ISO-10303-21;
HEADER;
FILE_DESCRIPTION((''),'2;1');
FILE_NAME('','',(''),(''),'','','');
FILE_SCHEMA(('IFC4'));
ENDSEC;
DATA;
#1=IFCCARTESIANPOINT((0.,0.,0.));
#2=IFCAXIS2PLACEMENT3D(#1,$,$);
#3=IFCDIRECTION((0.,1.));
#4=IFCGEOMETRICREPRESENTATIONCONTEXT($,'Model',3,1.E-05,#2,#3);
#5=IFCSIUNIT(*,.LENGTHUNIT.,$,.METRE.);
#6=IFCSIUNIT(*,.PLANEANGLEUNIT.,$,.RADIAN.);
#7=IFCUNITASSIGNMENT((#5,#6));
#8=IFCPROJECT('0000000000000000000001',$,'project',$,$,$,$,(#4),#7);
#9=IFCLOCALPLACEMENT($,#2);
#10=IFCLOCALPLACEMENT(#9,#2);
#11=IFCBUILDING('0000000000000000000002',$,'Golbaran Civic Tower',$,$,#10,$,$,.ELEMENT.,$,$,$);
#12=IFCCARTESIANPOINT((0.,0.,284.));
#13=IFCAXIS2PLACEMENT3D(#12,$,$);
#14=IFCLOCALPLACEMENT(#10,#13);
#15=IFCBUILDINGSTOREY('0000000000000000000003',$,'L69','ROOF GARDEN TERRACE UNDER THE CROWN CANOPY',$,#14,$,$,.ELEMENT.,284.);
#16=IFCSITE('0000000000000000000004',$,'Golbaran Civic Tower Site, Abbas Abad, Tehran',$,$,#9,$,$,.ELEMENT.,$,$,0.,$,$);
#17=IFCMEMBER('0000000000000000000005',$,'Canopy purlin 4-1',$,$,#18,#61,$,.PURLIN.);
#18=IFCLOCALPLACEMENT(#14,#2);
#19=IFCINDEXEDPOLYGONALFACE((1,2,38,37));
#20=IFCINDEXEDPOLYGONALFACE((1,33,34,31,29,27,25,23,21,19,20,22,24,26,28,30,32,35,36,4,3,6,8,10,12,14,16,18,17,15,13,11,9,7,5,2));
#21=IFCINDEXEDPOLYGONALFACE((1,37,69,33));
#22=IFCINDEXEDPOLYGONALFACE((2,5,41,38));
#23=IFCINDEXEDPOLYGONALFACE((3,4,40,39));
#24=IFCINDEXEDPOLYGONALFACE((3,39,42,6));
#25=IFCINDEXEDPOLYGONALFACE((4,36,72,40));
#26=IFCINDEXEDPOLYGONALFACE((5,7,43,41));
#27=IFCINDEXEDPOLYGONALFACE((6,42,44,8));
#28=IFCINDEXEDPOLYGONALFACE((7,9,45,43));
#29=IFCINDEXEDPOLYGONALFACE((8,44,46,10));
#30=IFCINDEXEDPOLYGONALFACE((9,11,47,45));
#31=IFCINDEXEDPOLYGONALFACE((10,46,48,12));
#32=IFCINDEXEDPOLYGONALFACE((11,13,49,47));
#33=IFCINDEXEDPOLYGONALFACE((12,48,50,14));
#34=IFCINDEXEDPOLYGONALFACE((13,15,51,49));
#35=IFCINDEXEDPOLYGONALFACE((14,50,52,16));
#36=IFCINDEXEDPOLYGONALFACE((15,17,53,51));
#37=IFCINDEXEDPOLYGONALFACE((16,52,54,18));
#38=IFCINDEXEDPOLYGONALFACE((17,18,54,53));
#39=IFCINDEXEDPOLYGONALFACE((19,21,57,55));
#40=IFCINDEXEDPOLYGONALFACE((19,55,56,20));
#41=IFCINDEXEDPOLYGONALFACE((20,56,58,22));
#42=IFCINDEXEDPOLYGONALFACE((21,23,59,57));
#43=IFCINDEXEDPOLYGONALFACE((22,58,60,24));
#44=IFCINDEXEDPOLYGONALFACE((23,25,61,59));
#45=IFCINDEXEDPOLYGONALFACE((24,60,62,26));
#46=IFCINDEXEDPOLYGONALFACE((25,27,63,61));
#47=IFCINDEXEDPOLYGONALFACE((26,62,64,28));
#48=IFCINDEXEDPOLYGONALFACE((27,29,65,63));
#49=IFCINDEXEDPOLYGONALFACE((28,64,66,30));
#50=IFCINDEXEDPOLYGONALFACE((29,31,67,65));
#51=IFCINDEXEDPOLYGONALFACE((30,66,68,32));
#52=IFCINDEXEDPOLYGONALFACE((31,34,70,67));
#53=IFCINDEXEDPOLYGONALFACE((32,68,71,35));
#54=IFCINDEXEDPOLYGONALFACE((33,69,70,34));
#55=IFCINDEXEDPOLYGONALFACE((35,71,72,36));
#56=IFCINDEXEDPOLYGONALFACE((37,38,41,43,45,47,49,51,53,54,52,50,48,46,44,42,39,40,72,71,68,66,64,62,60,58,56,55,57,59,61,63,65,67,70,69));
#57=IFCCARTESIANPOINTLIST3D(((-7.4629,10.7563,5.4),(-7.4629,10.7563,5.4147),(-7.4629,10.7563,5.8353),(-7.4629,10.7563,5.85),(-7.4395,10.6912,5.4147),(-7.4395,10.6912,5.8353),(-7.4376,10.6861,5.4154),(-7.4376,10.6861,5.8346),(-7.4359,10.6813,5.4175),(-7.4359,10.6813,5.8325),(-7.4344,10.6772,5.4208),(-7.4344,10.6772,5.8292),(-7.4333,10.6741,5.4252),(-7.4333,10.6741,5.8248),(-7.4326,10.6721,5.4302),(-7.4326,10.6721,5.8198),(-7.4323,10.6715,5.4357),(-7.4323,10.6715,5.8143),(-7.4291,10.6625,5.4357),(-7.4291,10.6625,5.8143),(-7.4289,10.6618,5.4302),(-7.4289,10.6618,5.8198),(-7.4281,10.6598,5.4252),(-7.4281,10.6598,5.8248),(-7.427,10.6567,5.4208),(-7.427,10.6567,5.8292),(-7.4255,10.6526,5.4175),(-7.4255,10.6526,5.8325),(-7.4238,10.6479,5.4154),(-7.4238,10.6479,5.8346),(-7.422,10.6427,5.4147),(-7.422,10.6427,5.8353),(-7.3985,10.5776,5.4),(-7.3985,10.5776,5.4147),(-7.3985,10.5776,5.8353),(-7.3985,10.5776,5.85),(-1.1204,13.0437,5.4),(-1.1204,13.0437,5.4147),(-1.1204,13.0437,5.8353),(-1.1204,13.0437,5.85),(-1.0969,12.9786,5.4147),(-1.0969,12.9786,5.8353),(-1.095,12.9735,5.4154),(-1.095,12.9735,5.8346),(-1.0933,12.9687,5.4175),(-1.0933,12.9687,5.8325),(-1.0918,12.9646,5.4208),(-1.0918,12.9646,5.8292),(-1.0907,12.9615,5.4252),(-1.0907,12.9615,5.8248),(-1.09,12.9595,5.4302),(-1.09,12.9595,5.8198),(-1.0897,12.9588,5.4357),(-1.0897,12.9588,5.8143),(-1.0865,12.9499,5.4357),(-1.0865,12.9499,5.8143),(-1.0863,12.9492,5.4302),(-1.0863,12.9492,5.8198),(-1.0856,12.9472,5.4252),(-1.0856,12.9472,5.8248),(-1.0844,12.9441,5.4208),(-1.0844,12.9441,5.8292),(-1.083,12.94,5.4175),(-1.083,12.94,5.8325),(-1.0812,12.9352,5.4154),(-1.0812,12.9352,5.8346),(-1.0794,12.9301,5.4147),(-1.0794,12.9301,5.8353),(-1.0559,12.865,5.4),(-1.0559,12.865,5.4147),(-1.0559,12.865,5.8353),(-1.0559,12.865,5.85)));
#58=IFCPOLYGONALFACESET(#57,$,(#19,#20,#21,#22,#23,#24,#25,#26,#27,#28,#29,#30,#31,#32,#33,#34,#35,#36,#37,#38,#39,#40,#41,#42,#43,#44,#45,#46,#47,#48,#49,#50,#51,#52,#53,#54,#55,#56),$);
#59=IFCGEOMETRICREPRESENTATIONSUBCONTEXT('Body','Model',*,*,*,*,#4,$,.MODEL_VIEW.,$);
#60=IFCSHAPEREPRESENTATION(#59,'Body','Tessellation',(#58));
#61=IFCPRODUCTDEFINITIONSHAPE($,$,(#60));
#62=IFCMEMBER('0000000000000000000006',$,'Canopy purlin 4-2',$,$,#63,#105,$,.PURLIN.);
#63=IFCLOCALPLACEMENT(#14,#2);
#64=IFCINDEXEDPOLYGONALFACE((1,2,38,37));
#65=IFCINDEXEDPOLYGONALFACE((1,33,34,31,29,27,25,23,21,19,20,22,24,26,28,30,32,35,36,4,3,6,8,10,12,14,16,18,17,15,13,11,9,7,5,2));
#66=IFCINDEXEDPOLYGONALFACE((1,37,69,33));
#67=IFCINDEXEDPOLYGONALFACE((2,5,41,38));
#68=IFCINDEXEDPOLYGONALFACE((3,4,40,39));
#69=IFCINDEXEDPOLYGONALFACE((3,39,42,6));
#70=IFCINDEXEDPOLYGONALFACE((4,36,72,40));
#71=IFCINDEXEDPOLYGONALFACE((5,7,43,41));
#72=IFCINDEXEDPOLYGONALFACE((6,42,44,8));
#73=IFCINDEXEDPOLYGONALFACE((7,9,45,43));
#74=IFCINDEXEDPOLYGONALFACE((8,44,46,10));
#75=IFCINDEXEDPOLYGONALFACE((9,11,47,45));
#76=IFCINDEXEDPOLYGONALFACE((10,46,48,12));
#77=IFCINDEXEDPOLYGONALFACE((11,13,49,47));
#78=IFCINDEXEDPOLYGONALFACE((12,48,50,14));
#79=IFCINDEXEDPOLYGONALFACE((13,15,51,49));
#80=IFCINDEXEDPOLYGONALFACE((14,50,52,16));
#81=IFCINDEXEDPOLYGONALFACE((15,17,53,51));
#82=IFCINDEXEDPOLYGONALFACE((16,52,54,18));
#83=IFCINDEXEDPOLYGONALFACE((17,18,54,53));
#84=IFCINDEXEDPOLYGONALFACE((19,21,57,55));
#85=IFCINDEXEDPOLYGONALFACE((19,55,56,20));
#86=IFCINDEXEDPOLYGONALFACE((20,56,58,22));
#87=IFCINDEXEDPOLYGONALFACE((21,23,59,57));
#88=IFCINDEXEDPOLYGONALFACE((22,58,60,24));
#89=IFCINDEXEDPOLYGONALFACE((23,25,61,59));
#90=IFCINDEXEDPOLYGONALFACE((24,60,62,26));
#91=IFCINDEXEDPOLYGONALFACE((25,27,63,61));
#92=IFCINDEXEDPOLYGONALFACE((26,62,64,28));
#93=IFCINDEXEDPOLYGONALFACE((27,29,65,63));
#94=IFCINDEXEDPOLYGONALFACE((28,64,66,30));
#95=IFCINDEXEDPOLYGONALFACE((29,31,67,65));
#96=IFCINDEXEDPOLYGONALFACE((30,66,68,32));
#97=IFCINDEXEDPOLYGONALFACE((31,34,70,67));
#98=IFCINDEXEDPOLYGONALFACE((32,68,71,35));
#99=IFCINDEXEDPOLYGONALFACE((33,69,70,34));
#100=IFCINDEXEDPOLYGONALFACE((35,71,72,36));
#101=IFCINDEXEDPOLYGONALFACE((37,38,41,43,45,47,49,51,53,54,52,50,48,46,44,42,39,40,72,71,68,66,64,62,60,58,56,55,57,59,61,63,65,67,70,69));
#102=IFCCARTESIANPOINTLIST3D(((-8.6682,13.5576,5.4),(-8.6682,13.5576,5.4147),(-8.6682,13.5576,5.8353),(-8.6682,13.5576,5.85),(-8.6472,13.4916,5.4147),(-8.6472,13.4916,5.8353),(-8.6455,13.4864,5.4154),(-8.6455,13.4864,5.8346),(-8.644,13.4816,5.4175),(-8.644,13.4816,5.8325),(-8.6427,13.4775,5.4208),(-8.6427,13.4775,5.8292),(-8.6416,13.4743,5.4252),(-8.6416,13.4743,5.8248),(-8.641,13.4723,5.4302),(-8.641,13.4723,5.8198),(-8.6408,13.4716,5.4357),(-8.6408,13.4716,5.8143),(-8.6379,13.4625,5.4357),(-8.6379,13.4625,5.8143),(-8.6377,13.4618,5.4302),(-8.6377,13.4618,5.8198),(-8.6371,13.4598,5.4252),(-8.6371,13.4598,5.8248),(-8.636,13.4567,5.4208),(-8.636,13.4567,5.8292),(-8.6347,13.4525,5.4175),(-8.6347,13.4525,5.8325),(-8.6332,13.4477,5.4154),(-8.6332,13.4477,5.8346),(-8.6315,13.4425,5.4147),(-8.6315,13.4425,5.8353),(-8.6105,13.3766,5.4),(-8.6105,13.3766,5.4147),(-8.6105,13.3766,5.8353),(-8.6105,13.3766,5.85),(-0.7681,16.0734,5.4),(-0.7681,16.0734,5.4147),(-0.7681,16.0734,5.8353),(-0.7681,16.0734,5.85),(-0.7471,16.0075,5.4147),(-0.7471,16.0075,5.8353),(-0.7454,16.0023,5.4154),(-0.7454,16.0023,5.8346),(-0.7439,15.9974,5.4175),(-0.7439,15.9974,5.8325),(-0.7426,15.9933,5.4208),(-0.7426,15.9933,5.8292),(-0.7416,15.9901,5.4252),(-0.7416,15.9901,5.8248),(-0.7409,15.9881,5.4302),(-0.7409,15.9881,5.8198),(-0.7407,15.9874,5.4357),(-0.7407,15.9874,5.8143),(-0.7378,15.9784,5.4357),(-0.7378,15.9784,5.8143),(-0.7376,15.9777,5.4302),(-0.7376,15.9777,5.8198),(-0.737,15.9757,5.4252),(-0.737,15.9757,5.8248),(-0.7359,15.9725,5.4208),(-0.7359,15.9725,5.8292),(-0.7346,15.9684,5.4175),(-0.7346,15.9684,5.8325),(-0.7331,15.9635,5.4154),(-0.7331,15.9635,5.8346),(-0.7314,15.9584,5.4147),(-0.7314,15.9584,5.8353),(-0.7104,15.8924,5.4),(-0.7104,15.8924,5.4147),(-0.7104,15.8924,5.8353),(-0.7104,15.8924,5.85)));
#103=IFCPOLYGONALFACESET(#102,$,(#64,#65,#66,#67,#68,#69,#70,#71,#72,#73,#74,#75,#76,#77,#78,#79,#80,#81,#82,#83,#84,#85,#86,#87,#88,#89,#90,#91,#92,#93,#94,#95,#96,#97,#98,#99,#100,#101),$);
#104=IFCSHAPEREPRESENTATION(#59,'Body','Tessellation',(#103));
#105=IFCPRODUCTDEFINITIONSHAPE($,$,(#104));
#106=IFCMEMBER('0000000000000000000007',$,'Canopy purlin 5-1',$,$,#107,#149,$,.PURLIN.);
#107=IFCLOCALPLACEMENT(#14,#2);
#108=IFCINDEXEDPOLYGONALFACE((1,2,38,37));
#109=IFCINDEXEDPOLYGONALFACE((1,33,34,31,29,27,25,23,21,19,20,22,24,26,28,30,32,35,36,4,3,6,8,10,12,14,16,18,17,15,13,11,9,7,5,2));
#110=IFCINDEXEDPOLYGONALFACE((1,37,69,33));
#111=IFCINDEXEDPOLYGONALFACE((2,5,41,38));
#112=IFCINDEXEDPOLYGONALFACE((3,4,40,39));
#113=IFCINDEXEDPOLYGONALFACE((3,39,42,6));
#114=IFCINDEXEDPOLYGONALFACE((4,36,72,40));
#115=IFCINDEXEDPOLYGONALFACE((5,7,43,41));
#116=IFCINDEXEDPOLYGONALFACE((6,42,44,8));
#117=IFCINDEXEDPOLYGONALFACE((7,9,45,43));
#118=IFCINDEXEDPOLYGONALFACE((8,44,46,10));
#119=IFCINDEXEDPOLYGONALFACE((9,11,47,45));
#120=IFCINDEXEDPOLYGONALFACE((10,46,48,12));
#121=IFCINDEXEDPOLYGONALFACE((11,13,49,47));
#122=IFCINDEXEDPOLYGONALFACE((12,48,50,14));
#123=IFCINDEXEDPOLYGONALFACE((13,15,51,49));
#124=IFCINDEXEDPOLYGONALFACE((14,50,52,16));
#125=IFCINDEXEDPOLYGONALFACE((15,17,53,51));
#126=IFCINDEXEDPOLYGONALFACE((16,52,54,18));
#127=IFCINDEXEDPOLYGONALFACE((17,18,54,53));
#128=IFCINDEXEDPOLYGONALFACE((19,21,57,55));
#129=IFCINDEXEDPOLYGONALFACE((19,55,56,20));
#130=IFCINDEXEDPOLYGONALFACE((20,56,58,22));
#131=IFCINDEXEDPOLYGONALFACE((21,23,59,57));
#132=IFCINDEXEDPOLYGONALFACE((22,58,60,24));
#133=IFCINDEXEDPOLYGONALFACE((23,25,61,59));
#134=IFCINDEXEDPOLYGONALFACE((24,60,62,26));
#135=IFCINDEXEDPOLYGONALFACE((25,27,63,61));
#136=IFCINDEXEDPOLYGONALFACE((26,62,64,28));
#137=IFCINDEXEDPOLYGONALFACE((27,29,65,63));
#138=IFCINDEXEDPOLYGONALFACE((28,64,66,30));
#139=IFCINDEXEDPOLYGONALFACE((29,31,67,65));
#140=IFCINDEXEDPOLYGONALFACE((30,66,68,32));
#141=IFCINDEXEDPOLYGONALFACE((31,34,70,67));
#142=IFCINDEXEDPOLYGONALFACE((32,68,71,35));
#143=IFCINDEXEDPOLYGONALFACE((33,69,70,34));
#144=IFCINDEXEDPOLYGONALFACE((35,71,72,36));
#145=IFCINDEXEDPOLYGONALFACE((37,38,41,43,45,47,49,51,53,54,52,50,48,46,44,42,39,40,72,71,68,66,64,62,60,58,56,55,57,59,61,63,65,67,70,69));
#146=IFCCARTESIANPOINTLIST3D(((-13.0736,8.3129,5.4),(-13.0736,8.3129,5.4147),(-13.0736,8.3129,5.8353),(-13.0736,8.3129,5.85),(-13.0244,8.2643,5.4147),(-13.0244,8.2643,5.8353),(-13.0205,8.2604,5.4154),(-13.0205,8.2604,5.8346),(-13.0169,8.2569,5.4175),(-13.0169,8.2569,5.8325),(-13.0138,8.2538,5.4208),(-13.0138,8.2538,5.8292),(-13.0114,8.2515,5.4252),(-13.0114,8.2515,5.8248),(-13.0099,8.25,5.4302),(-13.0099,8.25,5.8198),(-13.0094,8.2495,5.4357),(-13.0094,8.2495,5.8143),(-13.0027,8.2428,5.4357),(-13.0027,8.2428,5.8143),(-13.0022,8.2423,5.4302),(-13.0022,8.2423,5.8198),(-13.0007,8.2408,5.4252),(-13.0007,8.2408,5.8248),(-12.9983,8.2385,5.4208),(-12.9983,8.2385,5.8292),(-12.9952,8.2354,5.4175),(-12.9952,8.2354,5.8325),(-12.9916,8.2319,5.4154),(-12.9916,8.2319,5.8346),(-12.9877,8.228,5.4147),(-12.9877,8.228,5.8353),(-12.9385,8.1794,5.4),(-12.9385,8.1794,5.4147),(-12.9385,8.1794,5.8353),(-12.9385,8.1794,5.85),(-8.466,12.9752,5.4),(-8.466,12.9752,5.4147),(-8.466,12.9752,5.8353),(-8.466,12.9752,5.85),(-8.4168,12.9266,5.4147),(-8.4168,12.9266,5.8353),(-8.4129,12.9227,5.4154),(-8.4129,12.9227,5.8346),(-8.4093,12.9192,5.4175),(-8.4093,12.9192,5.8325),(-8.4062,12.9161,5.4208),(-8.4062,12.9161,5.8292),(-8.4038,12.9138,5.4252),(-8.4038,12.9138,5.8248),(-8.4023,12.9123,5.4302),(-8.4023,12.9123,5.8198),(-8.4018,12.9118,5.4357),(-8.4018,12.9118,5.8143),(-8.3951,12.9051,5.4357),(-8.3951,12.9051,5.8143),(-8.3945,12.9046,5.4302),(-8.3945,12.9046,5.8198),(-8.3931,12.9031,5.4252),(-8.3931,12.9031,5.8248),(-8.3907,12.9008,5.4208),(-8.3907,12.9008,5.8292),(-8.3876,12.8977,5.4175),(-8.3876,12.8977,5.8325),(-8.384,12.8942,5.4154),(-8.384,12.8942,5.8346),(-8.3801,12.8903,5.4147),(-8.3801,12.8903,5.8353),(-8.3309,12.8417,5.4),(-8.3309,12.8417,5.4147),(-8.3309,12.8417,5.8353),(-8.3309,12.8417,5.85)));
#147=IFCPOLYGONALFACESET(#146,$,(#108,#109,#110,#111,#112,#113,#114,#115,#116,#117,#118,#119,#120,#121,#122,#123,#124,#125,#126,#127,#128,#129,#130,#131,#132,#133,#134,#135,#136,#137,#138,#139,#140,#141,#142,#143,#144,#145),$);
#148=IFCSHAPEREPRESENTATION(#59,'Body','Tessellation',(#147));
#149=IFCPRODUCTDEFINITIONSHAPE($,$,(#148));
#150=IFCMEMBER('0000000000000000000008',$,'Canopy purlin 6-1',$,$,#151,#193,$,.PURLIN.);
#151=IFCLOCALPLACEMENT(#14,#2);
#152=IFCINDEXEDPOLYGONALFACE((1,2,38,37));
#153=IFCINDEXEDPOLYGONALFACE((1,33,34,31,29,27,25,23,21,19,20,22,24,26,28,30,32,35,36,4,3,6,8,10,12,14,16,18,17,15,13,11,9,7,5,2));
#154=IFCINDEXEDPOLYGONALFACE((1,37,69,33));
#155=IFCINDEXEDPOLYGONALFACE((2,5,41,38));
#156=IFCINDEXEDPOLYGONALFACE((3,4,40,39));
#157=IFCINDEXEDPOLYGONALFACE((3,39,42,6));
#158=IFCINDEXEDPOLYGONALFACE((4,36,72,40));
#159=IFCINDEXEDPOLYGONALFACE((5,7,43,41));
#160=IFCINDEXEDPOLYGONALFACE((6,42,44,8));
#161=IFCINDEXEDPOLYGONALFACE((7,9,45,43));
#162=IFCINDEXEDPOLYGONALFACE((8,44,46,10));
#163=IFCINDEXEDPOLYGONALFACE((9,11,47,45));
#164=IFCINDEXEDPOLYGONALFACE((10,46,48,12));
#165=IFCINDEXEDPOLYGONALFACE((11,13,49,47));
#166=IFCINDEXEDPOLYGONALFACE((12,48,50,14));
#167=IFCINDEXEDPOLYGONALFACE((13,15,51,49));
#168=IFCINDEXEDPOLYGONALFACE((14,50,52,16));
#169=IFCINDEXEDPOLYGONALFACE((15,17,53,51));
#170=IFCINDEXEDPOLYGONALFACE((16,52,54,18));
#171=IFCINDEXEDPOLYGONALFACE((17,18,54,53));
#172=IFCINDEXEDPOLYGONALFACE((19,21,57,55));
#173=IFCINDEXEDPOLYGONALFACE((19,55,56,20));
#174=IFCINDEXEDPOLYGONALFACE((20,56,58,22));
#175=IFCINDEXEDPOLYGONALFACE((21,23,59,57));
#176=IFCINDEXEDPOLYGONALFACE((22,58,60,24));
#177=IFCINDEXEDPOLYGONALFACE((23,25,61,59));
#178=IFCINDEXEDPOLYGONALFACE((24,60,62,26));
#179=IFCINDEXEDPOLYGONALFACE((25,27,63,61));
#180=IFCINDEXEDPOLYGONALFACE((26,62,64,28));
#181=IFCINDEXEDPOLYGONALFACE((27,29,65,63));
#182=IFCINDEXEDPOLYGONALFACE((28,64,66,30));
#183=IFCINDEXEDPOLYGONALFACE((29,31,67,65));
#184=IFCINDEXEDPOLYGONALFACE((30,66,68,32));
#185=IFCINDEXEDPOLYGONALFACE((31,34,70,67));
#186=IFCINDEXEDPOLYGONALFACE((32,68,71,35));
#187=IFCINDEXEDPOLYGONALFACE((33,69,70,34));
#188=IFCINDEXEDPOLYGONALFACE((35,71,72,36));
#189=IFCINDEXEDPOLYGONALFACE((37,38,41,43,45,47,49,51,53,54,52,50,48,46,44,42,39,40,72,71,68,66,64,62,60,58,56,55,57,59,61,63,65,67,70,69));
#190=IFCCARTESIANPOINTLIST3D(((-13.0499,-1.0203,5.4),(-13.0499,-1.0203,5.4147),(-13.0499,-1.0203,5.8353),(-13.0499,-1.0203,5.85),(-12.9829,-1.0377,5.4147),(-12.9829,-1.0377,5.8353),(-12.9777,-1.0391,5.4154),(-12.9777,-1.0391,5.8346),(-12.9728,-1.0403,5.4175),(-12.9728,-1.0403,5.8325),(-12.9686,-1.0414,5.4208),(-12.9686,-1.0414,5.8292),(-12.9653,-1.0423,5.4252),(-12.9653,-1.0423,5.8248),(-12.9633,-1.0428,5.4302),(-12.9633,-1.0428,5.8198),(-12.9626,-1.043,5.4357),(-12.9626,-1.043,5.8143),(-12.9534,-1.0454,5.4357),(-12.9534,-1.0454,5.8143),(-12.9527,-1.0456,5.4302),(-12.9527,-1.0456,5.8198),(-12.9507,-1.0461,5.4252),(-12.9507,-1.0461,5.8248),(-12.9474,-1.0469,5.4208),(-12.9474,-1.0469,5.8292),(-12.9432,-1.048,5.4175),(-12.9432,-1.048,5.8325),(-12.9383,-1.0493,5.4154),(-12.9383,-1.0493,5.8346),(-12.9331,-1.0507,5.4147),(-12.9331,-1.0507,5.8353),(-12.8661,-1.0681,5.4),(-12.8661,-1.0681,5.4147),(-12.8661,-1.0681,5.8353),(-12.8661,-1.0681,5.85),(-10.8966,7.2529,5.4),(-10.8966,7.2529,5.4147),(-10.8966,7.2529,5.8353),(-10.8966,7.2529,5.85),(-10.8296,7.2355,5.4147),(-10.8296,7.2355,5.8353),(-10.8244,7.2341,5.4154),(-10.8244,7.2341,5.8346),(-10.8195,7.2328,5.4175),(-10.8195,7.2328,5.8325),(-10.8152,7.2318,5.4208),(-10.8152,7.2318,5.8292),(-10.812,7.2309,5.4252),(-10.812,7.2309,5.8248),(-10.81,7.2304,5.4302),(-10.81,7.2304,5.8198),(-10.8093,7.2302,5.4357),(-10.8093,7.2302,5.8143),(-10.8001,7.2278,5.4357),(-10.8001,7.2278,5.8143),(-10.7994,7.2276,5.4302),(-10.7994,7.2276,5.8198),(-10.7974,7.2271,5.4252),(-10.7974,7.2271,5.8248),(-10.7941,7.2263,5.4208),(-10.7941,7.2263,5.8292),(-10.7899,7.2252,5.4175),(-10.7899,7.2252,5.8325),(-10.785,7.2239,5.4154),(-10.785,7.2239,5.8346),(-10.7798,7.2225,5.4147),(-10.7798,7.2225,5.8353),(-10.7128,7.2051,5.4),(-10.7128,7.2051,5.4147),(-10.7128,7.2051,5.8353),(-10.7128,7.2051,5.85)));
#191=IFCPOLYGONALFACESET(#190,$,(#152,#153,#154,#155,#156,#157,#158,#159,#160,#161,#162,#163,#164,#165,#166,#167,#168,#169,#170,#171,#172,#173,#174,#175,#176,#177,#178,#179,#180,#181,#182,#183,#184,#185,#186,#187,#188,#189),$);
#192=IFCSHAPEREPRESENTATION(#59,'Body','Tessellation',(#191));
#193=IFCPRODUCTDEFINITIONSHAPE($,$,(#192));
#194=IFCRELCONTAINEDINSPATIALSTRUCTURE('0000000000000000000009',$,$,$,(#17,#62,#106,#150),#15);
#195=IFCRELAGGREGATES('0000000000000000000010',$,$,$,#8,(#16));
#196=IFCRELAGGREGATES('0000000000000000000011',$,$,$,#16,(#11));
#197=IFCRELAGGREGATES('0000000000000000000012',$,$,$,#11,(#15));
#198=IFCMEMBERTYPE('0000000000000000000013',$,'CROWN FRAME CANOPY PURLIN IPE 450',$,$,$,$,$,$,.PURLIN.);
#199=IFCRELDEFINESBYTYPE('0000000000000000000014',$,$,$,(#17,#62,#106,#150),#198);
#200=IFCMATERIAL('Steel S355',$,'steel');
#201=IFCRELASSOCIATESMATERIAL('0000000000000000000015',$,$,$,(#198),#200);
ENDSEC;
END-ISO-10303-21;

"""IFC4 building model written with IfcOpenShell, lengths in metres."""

from ifc_helpers import new_model, si_unit, direction, frame, origin, origin_2d, place, context, subcontext, project, spatial, i_section, extrude, material, material_profile, profile_set, type_object, element, save


model = new_model("IFC4")

# Units and contexts
model_context = context("Model", 3, precision=1e-05, world=origin(), true_north=direction((0.0, 1.0)))
body_context = subcontext(model_context, "Body", "Model", "MODEL_VIEW")
ifc_project = project(units=[si_unit("LENGTHUNIT", "METRE"), si_unit("PLANEANGLEUNIT", "RADIAN")], contexts=[model_context])

# Site, building, storey
site_placement = place(None, origin())
site = spatial("IfcSite", under=ifc_project, at=site_placement, Name="Golbaran Civic Tower Site, Abbas Abad, Tehran", CompositionType="ELEMENT", RefElevation=0.0)
building_placement = place(site_placement, origin())
building = spatial("IfcBuilding", under=site, at=building_placement, Name="Golbaran Civic Tower", CompositionType="ELEMENT")
storey_placement = place(building_placement, frame((0.0, 0.0, 284.0)))
storey = spatial("IfcBuildingStorey", under=building, at=storey_placement, Name="L69", Description="ROOF GARDEN TERRACE UNDER THE CROWN CANOPY", CompositionType="ELEMENT", Elevation=284.0)

# Members
ifc_material_1 = material(Name="Steel S355", Category="steel")
ifc_material_profile_1 = material_profile(ifc_material_1, i_section(OverallWidth=0.1899, OverallDepth=0.45, WebThickness=0.0095, FlangeThickness=0.0146, FilletRadius=0.021, at=origin_2d()), Name="IPE 450")
ifc_profile_set_1 = profile_set([ifc_material_profile_1], Name="Steel S355")
member_type_1 = type_object("IfcMemberType", Name="CROWN FRAME CANOPY PURLIN IPE 450", PredefinedType="PURLIN", material=ifc_profile_set_1)
member_1_placement = place(storey_placement, frame((-1.0881, 12.9543, 5.625), z_axis=(-0.940696, -0.33925, 0.0), x_axis=(0.33925, -0.940696, 0.0)))
element("IfcMember", 1, at=member_1_placement, inside=storey, type_object=member_type_1, Name="Canopy purlin 4-1", PredefinedType="PURLIN", context=body_context, shape_type="SweptSolid", body=[
    extrude(i_section(OverallWidth=0.1899, OverallDepth=0.45, WebThickness=0.0095, FlangeThickness=0.0146, FilletRadius=0.021, at=origin_2d()), origin(), (0.0, 0.0, 1.0), 6.7424),
])
member_2_placement = place(storey_placement, frame((-0.7393, 15.9829, 5.625), z_axis=(-0.95285, -0.303443, 0.0), x_axis=(0.303443, -0.95285, 0.0)))
element("IfcMember", 2, at=member_2_placement, inside=storey, type_object=member_type_1, Name="Canopy purlin 4-2", PredefinedType="PURLIN", context=body_context, shape_type="SweptSolid", body=[
    extrude(i_section(OverallWidth=0.1899, OverallDepth=0.45, WebThickness=0.0095, FlangeThickness=0.0146, FilletRadius=0.021, at=origin_2d()), origin(), (0.0, 0.0, 1.0), 8.291),
])
member_3_placement = place(storey_placement, frame((-8.3984, 12.9084, 5.625), z_axis=(-0.702923, -0.711266, 0.0), x_axis=(0.711266, -0.702923, 0.0)))
element("IfcMember", 3, at=member_3_placement, inside=storey, type_object=member_type_1, Name="Canopy purlin 5-1", PredefinedType="PURLIN", context=body_context, shape_type="SweptSolid", body=[
    extrude(i_section(OverallWidth=0.1899, OverallDepth=0.45, WebThickness=0.0095, FlangeThickness=0.0146, FilletRadius=0.021, at=origin_2d()), origin(), (0.0, 0.0, 1.0), 6.5549),
])
member_4_placement = place(storey_placement, frame((-10.8047, 7.229, 5.625), z_axis=(-0.251885, -0.967757, 0.0), x_axis=(0.967757, -0.251885, 0.0)))
element("IfcMember", 4, at=member_4_placement, inside=storey, type_object=member_type_1, Name="Canopy purlin 6-1", PredefinedType="PURLIN", context=body_context, shape_type="SweptSolid", body=[
    extrude(i_section(OverallWidth=0.1899, OverallDepth=0.45, WebThickness=0.0095, FlangeThickness=0.0146, FilletRadius=0.021, at=origin_2d()), origin(), (0.0, 0.0, 1.0), 8.5488),
])

save(model, "model.ifc")
